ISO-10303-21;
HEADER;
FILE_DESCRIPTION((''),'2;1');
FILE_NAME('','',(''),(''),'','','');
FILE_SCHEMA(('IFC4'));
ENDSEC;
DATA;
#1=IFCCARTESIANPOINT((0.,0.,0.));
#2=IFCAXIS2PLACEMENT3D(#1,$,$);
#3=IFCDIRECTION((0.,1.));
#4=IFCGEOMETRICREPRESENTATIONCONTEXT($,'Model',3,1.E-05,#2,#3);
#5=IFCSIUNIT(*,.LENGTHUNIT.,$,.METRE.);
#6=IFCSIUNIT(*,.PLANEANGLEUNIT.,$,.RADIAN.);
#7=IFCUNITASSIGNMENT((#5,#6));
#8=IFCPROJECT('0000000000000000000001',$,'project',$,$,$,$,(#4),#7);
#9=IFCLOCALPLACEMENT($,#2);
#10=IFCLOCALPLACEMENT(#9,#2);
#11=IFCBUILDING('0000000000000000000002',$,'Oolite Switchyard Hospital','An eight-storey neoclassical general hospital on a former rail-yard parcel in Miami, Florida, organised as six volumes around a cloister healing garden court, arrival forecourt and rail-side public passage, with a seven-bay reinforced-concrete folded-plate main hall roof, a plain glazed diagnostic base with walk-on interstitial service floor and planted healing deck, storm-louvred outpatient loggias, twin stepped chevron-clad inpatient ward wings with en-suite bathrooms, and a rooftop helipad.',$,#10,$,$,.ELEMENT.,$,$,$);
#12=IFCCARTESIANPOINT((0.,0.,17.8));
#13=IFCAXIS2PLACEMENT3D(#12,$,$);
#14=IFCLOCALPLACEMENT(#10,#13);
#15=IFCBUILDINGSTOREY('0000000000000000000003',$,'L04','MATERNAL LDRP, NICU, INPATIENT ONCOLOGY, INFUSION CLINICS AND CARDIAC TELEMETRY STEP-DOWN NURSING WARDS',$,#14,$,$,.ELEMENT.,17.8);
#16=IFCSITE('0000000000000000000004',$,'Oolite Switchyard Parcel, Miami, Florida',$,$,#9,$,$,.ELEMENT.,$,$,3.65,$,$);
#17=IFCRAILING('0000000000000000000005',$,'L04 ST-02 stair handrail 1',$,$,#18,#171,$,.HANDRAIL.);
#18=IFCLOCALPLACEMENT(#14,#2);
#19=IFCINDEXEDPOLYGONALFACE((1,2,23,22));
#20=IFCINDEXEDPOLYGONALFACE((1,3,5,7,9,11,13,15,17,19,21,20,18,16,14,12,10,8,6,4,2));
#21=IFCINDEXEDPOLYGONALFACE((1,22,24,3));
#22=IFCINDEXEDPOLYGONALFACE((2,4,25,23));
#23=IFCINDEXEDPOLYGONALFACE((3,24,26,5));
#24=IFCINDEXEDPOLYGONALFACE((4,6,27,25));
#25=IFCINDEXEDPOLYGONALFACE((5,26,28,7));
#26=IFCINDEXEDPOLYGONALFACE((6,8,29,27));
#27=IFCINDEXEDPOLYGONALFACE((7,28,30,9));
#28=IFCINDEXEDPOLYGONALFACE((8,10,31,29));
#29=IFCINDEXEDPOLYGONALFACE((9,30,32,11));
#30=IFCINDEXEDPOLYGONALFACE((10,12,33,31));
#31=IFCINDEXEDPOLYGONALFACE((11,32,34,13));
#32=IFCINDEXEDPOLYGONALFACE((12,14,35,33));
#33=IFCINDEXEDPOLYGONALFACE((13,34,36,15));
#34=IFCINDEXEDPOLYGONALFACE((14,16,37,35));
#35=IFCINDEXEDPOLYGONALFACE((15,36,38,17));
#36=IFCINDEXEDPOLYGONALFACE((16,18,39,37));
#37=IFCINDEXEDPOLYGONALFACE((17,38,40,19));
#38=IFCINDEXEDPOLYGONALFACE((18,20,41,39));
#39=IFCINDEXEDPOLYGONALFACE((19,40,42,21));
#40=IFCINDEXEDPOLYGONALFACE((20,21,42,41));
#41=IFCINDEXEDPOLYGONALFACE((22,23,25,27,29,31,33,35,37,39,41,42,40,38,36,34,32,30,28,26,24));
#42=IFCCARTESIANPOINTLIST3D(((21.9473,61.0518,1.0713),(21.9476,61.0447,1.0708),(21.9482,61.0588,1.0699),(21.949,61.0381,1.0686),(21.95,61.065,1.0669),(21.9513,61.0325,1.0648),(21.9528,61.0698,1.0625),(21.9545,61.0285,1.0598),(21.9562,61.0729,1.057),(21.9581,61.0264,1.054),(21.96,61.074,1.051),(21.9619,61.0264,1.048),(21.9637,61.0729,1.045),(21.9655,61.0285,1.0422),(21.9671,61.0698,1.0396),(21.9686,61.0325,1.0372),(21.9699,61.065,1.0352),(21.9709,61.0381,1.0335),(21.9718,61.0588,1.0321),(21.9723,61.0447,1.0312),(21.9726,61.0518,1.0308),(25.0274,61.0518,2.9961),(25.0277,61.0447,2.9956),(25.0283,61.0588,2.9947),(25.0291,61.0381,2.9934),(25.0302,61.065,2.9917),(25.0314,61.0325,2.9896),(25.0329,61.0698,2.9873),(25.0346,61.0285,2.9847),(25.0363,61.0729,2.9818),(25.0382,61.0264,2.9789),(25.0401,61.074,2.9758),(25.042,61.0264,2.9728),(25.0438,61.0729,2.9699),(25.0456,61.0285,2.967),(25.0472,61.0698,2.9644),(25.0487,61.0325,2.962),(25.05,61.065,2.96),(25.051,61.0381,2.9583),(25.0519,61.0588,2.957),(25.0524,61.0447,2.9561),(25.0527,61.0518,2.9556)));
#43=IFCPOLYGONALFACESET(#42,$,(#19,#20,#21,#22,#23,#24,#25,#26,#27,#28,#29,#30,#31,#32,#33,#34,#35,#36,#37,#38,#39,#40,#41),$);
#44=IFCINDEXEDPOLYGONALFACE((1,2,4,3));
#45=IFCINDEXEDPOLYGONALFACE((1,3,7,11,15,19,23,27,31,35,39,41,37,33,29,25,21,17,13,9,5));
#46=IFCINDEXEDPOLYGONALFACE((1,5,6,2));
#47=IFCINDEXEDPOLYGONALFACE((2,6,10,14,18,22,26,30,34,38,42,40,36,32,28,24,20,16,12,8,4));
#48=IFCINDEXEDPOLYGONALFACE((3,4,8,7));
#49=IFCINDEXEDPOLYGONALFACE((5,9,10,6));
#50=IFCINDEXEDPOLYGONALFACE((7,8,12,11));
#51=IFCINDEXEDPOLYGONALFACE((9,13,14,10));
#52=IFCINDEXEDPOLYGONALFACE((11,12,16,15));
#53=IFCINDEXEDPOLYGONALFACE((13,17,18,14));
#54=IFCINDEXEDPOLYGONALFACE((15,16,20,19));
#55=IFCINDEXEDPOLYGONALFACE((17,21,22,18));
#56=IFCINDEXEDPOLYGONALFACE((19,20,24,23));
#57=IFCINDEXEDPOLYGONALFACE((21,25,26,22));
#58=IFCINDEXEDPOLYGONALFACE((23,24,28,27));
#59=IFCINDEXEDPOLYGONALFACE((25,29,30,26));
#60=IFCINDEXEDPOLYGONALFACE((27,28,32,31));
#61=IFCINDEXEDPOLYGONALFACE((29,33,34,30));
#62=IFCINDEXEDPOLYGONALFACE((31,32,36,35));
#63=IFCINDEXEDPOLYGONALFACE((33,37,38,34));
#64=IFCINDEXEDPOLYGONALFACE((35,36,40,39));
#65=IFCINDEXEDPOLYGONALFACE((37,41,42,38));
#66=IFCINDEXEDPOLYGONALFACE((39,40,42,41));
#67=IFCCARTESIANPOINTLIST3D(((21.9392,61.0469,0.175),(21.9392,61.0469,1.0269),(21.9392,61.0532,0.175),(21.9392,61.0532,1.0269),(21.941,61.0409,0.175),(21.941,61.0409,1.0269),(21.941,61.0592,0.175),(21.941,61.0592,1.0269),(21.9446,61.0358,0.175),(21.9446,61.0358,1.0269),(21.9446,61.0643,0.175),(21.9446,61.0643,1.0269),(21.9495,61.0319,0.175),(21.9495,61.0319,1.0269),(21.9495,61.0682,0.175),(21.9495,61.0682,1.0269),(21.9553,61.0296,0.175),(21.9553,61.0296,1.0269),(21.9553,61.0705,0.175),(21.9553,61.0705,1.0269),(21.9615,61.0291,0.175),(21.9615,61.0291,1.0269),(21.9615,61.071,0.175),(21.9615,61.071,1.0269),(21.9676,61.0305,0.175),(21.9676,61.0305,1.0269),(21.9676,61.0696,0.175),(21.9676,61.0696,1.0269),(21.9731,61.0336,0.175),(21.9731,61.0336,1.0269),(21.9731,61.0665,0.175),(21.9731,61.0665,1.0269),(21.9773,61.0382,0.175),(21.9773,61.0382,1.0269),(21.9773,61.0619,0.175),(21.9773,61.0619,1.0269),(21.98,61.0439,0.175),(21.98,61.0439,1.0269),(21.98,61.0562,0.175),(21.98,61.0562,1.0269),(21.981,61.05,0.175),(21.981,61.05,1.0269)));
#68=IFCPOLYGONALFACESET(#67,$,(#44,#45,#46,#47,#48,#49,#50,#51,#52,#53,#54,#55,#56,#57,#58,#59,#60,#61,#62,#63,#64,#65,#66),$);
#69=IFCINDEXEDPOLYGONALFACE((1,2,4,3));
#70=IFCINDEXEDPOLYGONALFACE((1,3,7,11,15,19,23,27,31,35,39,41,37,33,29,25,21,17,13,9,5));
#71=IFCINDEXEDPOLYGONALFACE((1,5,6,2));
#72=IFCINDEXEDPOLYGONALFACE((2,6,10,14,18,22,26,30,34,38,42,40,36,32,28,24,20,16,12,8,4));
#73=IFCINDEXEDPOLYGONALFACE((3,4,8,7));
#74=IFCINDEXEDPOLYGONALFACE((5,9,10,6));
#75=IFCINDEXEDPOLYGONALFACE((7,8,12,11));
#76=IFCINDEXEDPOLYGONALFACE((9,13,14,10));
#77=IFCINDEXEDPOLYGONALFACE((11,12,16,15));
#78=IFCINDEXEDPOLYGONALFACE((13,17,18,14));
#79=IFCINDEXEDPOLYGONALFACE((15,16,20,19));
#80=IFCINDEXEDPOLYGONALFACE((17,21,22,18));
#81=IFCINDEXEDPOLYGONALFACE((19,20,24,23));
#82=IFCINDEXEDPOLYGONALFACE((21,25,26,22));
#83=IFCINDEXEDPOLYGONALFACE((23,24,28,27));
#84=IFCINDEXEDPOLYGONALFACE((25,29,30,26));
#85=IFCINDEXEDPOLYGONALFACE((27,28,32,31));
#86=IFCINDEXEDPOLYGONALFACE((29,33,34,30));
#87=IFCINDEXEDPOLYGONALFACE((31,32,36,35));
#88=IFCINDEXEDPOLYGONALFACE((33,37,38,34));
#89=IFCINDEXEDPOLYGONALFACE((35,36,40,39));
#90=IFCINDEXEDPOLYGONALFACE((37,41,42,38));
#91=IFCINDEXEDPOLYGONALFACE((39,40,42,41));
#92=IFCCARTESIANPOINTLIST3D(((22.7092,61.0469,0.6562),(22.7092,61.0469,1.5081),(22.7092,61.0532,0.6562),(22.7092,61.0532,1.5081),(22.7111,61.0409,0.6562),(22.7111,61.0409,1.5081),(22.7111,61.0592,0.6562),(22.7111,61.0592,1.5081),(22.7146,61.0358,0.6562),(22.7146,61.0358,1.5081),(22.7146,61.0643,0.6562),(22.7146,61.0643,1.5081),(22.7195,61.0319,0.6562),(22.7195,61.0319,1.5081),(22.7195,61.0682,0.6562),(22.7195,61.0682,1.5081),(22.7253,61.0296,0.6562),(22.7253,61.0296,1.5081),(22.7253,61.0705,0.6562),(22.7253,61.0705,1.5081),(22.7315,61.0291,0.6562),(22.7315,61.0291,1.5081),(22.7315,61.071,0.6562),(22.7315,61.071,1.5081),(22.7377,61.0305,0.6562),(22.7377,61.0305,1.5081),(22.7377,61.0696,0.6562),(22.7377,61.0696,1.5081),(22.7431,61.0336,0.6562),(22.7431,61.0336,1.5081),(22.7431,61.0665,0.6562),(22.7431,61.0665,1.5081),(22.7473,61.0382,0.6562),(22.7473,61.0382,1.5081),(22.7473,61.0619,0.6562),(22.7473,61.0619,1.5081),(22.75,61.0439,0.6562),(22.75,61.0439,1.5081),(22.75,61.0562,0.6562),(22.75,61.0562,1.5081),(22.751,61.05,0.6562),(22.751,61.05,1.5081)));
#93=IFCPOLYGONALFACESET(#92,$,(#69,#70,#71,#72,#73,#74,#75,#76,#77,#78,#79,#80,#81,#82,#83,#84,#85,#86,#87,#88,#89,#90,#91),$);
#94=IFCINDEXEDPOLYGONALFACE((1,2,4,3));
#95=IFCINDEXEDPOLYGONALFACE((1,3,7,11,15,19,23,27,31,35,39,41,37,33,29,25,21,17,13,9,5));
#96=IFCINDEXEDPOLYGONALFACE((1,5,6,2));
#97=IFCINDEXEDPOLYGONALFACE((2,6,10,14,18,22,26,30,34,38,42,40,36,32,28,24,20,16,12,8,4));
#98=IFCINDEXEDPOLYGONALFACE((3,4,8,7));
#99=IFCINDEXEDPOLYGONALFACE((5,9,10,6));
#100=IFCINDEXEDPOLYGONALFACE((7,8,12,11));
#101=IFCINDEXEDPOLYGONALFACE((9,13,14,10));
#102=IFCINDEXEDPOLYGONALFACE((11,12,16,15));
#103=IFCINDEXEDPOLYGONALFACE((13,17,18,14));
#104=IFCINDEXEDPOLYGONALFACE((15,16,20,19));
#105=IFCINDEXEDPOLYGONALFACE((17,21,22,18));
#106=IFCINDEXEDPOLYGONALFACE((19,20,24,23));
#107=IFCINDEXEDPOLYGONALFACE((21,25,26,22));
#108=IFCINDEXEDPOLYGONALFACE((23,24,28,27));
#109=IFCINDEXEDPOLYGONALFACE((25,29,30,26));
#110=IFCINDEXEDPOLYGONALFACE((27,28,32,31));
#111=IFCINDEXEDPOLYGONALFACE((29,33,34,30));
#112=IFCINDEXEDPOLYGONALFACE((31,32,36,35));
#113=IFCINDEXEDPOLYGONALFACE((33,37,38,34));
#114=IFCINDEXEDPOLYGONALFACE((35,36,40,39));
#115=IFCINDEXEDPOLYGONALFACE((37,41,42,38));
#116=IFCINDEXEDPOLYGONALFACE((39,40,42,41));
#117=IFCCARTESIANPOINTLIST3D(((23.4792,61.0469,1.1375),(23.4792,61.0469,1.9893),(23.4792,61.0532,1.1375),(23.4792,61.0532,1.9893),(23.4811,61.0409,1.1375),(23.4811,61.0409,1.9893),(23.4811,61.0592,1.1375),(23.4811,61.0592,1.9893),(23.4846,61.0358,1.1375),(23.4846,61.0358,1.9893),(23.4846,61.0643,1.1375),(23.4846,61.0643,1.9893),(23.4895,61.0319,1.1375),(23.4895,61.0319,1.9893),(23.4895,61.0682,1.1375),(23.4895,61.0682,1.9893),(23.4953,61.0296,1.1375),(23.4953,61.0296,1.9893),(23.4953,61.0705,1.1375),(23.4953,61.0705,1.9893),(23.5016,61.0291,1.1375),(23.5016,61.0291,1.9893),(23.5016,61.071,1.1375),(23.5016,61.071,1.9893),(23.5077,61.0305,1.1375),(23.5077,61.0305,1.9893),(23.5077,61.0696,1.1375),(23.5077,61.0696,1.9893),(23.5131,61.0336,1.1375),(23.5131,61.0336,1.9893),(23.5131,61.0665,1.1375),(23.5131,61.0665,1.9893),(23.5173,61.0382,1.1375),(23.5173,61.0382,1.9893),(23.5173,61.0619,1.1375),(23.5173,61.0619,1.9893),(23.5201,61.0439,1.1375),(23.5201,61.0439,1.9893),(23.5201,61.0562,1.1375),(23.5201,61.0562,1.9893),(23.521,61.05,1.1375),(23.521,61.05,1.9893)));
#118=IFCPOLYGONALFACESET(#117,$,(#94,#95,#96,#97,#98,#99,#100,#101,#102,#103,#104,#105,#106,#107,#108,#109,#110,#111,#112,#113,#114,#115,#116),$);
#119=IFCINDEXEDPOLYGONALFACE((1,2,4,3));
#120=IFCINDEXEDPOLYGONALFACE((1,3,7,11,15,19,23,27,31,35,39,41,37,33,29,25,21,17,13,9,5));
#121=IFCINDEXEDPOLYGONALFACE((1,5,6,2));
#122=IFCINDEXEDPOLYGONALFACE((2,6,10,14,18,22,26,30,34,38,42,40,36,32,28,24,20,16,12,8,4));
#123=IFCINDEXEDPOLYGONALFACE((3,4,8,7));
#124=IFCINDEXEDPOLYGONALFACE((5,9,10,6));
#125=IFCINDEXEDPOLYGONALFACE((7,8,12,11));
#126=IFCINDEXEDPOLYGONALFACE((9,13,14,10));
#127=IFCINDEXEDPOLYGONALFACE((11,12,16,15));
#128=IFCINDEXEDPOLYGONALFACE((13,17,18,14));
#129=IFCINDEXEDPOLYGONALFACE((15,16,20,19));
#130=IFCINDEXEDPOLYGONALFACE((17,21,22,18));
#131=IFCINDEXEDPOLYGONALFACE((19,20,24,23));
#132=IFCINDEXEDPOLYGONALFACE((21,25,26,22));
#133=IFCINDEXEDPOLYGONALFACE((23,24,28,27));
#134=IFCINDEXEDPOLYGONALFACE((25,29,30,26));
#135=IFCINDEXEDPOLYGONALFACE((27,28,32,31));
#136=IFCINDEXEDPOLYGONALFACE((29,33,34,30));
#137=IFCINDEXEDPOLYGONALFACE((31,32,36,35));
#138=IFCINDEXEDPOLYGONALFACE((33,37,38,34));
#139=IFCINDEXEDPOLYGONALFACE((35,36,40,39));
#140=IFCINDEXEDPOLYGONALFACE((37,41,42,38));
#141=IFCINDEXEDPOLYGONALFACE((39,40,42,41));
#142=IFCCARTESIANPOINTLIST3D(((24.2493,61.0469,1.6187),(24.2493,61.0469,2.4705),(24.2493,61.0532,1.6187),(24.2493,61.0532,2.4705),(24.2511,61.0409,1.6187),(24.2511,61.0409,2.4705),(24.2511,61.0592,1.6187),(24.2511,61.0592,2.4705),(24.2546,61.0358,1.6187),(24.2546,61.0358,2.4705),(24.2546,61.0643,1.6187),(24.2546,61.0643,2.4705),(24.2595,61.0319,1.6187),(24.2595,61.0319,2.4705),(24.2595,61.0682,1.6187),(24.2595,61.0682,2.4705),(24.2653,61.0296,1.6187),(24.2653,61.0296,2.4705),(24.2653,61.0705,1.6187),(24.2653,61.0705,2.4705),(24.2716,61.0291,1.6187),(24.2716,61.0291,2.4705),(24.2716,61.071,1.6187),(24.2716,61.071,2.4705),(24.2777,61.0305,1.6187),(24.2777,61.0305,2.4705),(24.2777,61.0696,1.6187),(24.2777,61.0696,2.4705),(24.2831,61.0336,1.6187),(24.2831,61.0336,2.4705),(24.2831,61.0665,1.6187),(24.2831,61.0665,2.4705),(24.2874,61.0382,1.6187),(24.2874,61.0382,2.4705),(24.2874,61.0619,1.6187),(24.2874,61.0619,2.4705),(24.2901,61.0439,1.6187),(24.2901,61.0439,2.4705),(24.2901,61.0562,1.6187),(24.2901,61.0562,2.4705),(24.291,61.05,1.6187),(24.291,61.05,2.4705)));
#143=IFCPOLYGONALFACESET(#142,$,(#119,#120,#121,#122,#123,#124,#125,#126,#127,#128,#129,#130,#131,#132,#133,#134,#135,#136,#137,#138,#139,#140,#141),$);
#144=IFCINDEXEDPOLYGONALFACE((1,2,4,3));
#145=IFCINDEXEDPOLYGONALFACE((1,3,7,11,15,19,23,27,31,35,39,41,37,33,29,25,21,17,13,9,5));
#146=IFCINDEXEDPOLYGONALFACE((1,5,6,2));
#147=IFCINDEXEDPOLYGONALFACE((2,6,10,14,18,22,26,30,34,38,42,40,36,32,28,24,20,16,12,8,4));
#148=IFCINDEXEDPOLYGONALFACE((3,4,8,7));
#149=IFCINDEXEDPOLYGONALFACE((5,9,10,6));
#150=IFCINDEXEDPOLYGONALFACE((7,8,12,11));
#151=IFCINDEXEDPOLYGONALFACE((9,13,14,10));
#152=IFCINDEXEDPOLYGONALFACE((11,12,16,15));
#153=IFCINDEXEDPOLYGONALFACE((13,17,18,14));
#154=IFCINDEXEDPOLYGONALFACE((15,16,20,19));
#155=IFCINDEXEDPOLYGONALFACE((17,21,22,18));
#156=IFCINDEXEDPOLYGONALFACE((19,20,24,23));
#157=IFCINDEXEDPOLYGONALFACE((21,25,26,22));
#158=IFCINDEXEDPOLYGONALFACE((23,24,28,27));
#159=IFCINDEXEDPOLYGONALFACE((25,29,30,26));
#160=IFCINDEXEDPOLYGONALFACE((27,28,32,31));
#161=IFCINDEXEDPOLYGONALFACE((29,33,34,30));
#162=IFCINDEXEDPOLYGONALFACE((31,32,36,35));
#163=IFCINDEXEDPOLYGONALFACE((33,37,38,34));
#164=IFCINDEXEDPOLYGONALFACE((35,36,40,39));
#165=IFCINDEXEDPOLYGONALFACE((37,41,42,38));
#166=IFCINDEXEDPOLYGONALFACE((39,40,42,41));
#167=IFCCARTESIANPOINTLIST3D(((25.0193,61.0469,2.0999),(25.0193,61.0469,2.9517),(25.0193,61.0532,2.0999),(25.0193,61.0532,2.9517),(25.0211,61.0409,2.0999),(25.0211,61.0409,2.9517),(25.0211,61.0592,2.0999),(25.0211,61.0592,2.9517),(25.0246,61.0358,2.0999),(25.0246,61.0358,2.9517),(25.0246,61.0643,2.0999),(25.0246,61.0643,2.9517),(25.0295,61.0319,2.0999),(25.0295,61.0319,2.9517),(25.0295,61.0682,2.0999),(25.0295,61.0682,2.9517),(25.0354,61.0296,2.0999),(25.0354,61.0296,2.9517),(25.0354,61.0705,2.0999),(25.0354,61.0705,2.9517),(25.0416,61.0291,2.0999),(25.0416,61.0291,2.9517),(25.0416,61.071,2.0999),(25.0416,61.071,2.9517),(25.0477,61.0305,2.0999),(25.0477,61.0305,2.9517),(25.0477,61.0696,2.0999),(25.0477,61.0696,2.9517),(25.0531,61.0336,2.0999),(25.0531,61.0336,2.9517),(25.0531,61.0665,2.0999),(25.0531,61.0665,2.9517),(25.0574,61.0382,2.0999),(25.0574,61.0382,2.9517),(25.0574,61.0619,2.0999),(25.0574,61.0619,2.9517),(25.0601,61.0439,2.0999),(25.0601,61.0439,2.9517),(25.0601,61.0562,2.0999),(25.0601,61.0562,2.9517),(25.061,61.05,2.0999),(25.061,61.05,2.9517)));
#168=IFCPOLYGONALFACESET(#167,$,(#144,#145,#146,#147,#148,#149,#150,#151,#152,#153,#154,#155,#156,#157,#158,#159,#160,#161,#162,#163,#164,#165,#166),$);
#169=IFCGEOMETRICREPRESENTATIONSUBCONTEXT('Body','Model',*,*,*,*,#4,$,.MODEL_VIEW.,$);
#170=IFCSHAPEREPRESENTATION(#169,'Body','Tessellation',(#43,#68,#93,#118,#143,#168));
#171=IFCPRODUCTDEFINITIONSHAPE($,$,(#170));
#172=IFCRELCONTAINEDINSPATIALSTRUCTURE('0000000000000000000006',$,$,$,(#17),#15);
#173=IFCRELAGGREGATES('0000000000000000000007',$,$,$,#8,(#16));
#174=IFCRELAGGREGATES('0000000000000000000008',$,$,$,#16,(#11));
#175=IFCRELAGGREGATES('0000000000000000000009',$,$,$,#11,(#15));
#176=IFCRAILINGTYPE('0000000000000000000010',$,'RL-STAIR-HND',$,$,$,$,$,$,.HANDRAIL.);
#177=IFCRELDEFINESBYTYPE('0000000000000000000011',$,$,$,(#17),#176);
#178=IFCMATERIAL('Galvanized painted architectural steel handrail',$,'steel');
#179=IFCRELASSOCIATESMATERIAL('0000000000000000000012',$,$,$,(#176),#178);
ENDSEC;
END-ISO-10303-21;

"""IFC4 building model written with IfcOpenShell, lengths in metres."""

from ifc_helpers import new_model, si_unit, direction, frame, origin, origin_2d, place, context, subcontext, project, spatial, circle, extrude, material, type_object, element, save


model = new_model("IFC4")

# Units and contexts
model_context = context("Model", 3, precision=1e-05, world=origin(), true_north=direction((0.0, 1.0)))
body_context = subcontext(model_context, "Body", "Model", "MODEL_VIEW")
ifc_project = project(units=[si_unit("LENGTHUNIT", "METRE"), si_unit("PLANEANGLEUNIT", "RADIAN")], contexts=[model_context])

# Site, building, storey
site_placement = place(None, origin())
site = spatial("IfcSite", under=ifc_project, at=site_placement, Name="Oolite Switchyard Parcel, Miami, Florida", CompositionType="ELEMENT", RefElevation=3.65)
building_placement = place(site_placement, origin())
building = spatial("IfcBuilding", under=site, at=building_placement, Name="Oolite Switchyard Hospital", Description="An eight-storey neoclassical general hospital on a former rail-yard parcel in Miami, Florida, organised as six volumes around a cloister healing garden court, arrival forecourt and rail-side public passage, with a seven-bay reinforced-concrete folded-plate main hall roof, a plain glazed diagnostic base with walk-on interstitial service floor and planted healing deck, storm-louvred outpatient loggias, twin stepped chevron-clad inpatient ward wings with en-suite bathrooms, and a rooftop helipad.", CompositionType="ELEMENT")
storey_placement = place(building_placement, frame((0.0, 0.0, 17.8)))
storey = spatial("IfcBuildingStorey", under=building, at=storey_placement, Name="L04", Description="MATERNAL LDRP, NICU, INPATIENT ONCOLOGY, INFUSION CLINICS AND CARDIAC TELEMETRY STEP-DOWN NURSING WARDS", CompositionType="ELEMENT", Elevation=17.8)

# Railing
ifc_material_1 = material(Name="Galvanized painted architectural steel handrail", Category="steel")
railing_type = type_object("IfcRailingType", Name="RL-STAIR-HND", PredefinedType="HANDRAIL", material=ifc_material_1)
railing_placement = place(storey_placement, frame((21.96, 61.05, 0.175)))
element("IfcRailing", 1, at=railing_placement, inside=storey, type_object=railing_type, Name="L04 ST-02 stair handrail 1", PredefinedType="HANDRAIL", context=body_context, shape_type="SweptSolid", body=[
    extrude(circle(Radius=0.0239, at=origin_2d()), frame((0.0, 0.0, 0.876), z_axis=(0.848029, 0.0, 0.529951), x_axis=(0.0, 1.0, 0.0)), (0.0, 0.0, 1.0), 3.6321),
    extrude(circle(Radius=0.021, at=origin_2d()), origin(), (0.0, 0.0, 1.0), 0.8518),
    extrude(circle(Radius=0.021, at=origin_2d()), frame((0.77, 0.0, 0.4812)), (0.0, 0.0, 1.0), 0.8518),
    extrude(circle(Radius=0.021, at=origin_2d()), frame((1.54, 0.0, 0.9624)), (0.0, 0.0, 1.0), 0.8518),
    extrude(circle(Radius=0.021, at=origin_2d()), frame((2.3101, 0.0, 1.4436)), (0.0, 0.0, 1.0), 0.8518),
    extrude(circle(Radius=0.021, at=origin_2d()), frame((3.0801, 0.0, 1.9248)), (0.0, 0.0, 1.0), 0.8518),
])

save(model, "model.ifc")
